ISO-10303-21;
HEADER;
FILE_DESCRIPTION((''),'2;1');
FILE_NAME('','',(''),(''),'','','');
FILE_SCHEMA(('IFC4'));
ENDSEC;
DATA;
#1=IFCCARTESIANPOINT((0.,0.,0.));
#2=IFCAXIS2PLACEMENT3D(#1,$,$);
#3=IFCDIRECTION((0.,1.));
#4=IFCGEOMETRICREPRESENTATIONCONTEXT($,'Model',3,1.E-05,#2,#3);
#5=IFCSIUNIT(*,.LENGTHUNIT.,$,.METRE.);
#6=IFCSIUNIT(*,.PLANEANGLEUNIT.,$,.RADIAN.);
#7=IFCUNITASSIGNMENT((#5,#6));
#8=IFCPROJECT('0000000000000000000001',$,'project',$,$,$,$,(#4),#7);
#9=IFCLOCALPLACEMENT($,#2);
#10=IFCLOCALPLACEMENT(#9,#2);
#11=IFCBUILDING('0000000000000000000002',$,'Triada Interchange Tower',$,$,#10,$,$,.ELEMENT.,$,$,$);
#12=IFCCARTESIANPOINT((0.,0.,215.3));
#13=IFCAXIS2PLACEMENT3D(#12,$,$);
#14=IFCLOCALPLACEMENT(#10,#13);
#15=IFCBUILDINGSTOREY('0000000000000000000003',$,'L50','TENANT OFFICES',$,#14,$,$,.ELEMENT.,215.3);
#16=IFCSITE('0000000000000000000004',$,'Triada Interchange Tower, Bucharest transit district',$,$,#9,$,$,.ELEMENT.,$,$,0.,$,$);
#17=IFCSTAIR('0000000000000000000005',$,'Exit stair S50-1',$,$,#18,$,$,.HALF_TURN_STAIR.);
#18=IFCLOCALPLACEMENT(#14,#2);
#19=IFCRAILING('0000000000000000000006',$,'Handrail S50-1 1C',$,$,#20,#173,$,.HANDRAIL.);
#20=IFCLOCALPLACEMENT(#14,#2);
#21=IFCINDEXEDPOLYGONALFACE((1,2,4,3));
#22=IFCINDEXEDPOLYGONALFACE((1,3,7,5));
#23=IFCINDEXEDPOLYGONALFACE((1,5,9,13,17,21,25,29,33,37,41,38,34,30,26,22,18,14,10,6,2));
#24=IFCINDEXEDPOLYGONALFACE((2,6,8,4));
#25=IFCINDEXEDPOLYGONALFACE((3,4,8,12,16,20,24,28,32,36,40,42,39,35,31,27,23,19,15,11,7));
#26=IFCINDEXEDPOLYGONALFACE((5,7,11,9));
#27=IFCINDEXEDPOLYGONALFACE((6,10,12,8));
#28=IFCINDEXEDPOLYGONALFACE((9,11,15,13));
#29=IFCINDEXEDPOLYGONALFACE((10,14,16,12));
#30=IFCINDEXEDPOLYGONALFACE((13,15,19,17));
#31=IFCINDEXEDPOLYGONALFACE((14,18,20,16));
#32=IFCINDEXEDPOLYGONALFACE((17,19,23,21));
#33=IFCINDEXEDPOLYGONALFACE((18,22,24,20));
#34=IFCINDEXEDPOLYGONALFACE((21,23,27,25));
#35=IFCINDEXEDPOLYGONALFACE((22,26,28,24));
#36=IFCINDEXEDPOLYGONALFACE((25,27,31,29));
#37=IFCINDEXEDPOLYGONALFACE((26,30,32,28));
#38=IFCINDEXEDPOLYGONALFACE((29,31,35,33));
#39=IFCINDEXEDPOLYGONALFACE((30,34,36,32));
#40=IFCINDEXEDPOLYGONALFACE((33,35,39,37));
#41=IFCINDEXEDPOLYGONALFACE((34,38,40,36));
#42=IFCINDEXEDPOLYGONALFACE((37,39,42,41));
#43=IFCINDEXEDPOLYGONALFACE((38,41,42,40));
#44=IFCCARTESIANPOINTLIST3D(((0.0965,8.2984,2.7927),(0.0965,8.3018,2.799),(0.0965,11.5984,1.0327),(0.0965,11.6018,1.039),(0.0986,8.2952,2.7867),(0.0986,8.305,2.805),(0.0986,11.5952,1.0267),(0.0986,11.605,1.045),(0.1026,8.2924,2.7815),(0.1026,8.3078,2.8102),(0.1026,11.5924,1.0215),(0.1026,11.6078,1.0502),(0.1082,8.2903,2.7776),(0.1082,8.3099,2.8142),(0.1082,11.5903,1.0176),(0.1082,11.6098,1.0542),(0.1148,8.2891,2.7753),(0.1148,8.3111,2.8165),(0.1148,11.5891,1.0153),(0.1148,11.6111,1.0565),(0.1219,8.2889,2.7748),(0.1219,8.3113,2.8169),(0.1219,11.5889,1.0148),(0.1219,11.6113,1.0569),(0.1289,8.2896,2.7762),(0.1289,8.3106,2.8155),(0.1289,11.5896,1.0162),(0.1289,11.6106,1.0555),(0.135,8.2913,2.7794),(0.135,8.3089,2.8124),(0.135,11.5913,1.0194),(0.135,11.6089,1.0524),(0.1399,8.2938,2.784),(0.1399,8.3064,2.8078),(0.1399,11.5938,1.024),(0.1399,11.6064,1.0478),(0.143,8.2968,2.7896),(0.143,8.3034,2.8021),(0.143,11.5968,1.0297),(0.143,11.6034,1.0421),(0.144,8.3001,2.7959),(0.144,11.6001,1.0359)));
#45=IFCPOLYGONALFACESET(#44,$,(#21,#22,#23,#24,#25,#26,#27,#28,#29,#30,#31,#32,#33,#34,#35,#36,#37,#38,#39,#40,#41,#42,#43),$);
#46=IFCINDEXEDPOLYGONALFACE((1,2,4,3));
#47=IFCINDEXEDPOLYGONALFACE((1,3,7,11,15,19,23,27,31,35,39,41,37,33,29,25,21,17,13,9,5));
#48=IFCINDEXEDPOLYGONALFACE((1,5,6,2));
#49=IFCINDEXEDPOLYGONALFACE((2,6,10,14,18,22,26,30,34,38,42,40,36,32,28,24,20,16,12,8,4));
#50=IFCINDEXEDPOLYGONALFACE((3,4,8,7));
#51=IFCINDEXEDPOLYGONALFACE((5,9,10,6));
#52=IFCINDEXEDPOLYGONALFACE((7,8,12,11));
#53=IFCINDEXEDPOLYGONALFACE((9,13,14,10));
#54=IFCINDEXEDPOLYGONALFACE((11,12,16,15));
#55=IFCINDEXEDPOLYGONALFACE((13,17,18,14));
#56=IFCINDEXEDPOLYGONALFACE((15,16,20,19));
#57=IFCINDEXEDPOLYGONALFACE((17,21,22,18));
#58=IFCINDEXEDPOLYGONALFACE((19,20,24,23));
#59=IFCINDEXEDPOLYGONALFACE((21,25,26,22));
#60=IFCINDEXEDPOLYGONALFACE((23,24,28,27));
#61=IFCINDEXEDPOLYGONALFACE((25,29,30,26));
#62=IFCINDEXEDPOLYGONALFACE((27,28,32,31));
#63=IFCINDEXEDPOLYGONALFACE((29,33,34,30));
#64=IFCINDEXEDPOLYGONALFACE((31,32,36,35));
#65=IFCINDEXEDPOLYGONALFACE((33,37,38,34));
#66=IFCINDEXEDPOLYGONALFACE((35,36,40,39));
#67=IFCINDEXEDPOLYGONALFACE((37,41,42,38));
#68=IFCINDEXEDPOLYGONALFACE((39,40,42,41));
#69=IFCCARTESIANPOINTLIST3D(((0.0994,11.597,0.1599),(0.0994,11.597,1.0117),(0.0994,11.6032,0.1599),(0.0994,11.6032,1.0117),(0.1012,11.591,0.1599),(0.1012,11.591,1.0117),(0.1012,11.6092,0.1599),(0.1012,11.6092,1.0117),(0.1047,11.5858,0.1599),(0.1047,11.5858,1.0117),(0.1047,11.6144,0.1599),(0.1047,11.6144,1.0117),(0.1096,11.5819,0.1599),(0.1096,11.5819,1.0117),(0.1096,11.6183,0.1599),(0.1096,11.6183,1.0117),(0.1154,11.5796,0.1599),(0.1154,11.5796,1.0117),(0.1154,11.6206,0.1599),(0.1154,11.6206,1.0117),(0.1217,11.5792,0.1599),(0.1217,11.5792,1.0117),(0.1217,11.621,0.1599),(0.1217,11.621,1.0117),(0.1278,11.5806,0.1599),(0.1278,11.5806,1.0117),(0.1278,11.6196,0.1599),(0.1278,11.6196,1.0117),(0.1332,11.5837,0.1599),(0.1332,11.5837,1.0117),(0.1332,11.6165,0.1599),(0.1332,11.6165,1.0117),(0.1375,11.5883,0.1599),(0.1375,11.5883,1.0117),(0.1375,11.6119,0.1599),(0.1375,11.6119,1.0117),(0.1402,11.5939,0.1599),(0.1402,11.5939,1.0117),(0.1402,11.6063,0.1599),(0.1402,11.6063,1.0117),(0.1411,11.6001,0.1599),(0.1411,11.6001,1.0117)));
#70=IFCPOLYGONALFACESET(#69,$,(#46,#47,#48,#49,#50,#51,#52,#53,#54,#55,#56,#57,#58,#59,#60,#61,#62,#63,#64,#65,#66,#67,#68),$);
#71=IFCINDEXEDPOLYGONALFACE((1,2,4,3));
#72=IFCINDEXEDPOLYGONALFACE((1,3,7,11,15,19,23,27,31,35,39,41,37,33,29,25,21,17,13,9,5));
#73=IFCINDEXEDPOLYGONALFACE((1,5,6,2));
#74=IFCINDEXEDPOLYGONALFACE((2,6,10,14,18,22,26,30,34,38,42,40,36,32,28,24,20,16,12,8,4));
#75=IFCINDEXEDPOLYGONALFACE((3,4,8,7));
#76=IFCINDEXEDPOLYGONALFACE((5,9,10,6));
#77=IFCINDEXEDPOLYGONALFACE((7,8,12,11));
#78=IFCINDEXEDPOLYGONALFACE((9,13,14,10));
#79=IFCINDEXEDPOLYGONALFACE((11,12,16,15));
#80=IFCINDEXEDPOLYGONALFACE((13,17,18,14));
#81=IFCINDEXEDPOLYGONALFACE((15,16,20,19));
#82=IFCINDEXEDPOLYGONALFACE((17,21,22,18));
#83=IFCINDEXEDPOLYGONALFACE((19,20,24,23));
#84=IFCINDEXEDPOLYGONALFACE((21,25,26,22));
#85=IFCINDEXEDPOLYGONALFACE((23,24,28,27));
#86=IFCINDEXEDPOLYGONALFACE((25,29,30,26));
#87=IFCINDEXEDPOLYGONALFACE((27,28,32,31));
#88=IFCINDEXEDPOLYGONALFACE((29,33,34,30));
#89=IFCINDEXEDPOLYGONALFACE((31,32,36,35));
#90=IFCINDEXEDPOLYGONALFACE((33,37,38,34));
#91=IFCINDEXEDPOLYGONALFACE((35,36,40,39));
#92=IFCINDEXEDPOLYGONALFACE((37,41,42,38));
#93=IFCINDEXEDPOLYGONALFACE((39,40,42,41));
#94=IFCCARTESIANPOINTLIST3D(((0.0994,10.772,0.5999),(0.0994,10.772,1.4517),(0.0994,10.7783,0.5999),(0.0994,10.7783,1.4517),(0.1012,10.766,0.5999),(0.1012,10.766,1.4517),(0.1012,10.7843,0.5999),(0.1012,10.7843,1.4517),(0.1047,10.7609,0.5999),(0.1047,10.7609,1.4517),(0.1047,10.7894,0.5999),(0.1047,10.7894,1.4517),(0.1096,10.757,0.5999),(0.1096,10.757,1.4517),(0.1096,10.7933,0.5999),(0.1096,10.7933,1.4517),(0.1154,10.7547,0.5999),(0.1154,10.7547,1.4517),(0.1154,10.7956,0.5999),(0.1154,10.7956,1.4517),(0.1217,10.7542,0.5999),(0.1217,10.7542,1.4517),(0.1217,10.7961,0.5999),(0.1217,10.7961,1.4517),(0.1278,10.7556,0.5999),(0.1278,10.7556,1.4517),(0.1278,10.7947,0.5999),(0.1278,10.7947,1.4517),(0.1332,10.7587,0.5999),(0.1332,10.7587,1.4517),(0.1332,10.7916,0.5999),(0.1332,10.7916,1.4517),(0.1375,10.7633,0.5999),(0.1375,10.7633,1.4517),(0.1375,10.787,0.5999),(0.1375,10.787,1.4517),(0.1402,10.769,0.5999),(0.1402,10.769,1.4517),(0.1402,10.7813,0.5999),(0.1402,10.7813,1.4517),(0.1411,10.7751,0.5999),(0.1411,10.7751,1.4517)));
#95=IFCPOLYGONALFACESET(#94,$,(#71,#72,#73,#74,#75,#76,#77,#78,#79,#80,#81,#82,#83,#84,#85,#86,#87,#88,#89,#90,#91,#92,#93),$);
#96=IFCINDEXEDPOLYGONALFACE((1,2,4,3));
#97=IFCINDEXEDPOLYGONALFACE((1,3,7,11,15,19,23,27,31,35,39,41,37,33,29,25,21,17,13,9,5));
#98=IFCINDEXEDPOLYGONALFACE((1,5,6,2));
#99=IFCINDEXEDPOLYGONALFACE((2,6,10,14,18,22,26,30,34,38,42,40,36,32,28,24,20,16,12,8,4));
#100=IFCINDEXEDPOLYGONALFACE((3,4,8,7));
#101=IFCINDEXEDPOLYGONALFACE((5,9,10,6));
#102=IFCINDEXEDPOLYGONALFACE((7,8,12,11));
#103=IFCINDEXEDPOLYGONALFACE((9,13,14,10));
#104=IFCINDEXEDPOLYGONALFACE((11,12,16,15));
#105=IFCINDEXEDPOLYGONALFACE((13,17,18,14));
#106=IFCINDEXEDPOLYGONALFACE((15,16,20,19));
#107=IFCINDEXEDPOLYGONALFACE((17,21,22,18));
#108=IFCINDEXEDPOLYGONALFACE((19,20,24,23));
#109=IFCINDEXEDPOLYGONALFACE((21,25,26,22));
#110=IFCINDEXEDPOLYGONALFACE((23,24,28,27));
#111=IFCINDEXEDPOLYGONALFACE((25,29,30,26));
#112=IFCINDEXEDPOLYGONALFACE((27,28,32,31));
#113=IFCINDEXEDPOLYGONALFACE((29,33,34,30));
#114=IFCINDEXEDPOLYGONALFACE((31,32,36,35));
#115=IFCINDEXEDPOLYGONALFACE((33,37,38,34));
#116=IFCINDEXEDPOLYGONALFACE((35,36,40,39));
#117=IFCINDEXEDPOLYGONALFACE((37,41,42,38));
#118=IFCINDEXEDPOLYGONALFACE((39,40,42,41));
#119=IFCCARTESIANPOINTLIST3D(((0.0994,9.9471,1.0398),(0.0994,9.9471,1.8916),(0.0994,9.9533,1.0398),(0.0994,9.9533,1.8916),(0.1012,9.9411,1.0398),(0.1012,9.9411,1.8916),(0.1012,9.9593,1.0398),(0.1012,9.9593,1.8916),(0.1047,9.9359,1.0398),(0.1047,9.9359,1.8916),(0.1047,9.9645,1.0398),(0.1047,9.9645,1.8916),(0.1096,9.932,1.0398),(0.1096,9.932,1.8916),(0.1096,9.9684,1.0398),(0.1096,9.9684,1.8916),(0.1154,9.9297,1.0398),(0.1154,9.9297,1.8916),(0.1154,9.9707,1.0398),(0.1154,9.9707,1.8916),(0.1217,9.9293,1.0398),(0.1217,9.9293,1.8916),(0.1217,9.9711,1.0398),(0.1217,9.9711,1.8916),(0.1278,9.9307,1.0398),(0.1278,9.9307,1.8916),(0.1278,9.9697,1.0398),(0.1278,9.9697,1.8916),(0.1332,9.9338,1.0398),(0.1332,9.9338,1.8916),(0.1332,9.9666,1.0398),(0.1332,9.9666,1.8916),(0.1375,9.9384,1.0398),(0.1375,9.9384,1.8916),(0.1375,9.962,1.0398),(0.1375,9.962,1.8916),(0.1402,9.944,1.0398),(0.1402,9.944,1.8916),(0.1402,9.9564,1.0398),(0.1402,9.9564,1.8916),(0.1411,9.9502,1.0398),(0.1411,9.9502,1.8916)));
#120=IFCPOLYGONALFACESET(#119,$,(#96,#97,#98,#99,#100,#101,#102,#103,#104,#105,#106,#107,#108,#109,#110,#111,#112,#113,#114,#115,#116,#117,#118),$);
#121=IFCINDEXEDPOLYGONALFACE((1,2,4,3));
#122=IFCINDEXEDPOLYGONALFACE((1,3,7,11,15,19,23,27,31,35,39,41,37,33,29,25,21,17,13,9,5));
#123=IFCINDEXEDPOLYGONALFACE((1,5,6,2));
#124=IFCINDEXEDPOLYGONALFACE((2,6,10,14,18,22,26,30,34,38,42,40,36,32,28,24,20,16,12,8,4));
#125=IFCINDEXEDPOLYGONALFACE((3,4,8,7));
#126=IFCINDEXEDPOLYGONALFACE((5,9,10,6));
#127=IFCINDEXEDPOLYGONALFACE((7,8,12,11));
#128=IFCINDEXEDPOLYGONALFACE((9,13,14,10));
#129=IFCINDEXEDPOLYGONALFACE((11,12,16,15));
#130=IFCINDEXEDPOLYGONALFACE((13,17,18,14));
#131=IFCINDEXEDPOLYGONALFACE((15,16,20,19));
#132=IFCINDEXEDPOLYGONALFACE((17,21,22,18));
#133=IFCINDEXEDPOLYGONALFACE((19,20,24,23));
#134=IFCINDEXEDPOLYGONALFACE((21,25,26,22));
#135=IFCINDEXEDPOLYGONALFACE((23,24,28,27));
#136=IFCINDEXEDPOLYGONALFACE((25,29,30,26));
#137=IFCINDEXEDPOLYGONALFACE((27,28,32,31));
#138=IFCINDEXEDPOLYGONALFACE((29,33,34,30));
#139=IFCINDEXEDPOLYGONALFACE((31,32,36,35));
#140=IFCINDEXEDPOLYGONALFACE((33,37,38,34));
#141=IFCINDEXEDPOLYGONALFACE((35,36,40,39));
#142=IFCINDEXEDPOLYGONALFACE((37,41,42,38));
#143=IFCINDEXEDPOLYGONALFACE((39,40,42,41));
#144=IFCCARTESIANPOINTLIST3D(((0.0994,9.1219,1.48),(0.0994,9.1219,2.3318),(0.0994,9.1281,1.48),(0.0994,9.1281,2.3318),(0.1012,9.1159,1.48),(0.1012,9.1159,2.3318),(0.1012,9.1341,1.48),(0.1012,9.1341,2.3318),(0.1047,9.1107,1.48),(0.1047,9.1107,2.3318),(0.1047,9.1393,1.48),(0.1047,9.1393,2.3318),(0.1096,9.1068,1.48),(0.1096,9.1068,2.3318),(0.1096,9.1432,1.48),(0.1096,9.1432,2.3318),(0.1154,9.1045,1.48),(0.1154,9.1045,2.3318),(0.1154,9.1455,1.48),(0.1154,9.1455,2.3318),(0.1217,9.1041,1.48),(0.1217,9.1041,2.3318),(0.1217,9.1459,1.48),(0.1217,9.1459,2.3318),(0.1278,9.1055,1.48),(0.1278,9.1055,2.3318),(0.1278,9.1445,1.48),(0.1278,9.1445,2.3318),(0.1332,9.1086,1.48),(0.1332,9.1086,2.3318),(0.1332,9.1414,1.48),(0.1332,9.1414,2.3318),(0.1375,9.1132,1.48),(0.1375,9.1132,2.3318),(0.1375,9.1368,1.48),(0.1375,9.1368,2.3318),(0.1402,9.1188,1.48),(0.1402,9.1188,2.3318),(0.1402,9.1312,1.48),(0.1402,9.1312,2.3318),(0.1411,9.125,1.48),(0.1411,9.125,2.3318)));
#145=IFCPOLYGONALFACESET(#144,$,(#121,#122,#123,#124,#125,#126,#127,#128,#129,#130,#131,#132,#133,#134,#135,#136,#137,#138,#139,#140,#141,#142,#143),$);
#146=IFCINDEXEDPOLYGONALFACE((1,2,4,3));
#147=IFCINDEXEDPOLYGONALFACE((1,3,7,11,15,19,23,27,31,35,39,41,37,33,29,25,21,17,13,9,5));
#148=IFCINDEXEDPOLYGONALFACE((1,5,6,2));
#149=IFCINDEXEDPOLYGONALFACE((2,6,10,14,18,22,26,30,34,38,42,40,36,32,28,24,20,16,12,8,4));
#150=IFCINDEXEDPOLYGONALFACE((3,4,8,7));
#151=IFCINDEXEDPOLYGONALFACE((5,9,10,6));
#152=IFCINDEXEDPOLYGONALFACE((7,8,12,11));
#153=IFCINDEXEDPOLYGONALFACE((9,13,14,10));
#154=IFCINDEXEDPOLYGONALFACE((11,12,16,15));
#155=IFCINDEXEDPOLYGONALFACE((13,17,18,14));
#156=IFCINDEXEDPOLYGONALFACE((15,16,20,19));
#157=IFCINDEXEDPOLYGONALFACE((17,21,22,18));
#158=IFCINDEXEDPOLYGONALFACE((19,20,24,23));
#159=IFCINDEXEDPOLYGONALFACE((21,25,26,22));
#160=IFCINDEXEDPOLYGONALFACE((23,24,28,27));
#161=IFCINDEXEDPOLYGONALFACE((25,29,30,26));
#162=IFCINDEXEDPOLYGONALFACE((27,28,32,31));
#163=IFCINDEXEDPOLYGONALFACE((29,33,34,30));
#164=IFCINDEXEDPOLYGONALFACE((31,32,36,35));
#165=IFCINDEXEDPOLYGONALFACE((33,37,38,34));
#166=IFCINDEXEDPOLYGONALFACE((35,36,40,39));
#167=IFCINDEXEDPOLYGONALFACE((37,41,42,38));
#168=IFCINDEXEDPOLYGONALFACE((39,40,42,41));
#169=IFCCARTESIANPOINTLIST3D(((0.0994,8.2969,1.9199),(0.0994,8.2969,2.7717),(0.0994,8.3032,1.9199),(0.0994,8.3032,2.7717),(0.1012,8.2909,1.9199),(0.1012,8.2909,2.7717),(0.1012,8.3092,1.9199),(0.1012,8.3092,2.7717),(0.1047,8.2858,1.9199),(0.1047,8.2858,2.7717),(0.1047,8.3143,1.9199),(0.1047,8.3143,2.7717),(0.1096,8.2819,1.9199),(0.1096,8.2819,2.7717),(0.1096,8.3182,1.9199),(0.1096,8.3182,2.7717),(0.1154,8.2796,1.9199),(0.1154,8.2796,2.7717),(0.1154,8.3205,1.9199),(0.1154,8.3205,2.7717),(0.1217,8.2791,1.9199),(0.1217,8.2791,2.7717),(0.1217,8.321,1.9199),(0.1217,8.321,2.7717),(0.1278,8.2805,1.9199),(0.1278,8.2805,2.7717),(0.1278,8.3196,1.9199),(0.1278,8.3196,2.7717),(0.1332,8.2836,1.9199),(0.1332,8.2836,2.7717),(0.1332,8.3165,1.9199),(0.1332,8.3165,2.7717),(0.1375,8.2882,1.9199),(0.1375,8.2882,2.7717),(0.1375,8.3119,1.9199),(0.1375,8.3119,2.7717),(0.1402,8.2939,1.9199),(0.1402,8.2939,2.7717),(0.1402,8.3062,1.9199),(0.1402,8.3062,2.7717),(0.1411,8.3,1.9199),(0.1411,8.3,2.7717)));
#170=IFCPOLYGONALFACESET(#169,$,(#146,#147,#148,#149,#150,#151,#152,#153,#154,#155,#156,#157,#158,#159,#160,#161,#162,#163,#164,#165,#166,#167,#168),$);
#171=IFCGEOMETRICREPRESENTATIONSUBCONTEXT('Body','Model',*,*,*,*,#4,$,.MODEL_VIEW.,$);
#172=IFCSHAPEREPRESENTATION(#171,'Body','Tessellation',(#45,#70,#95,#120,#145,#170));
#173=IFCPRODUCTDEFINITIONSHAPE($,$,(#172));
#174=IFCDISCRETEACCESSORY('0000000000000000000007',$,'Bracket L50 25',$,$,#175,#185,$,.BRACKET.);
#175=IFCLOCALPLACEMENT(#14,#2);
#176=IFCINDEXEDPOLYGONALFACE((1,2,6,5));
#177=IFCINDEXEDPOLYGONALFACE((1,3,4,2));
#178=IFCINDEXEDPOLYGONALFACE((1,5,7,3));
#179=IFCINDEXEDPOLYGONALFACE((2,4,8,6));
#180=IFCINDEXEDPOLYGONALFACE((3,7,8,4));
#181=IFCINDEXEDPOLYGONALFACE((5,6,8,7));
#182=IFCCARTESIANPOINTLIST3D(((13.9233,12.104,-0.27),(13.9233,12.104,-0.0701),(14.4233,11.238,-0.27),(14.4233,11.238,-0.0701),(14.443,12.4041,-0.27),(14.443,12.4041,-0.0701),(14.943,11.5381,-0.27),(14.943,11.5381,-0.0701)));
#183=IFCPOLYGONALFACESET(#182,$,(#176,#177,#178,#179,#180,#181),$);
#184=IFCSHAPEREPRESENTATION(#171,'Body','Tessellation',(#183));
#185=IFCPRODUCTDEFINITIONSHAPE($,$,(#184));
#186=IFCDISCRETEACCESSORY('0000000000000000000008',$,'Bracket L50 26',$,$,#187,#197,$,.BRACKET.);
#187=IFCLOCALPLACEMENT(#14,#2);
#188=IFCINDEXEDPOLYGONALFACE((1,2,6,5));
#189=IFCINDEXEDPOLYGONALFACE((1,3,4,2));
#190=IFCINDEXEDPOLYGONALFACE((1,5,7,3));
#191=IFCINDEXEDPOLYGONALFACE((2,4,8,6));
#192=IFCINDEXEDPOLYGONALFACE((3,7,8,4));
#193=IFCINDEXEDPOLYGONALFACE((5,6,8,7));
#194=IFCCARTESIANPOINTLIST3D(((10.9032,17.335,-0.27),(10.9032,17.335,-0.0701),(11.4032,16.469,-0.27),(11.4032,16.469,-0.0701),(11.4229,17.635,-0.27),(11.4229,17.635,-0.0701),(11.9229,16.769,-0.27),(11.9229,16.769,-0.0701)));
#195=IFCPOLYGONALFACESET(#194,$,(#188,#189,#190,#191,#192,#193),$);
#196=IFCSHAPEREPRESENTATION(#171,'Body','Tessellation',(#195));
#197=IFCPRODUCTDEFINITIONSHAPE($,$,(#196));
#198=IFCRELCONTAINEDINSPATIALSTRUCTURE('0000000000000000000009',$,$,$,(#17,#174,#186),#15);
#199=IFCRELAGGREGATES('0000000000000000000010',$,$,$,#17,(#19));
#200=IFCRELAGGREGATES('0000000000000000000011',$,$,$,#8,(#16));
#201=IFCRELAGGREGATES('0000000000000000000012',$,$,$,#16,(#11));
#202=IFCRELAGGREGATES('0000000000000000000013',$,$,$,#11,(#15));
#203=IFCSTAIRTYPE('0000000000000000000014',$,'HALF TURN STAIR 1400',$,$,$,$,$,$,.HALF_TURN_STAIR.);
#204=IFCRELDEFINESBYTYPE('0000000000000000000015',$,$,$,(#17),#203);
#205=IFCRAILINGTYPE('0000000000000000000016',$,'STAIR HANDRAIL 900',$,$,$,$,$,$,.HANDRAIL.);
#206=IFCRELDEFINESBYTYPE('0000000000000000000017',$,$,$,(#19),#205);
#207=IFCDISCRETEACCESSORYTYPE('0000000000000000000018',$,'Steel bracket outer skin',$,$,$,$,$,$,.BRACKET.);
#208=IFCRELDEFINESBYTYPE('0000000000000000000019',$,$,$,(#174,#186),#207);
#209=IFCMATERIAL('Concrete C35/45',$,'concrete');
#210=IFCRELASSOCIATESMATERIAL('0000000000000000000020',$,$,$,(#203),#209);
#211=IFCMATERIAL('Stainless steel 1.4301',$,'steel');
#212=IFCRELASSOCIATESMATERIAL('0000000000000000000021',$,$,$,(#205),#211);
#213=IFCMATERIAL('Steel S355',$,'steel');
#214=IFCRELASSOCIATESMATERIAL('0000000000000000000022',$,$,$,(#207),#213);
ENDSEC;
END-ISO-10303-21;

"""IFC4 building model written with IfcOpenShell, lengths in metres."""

from ifc_helpers import new_model, si_unit, direction, frame, origin, origin_2d, place, context, subcontext, project, spatial, rectangle, circle, extrude, material, type_object, element, aggregate, save


model = new_model("IFC4")

# Units and contexts
model_context = context("Model", 3, precision=1e-05, world=origin(), true_north=direction((0.0, 1.0)))
body_context = subcontext(model_context, "Body", "Model", "MODEL_VIEW")
ifc_project = project(units=[si_unit("LENGTHUNIT", "METRE"), si_unit("PLANEANGLEUNIT", "RADIAN")], contexts=[model_context])

# Site, building, storey
site_placement = place(None, origin())
site = spatial("IfcSite", under=ifc_project, at=site_placement, Name="Triada Interchange Tower, Bucharest transit district", CompositionType="ELEMENT", RefElevation=0.0)
building_placement = place(site_placement, origin())
building = spatial("IfcBuilding", under=site, at=building_placement, Name="Triada Interchange Tower", CompositionType="ELEMENT")
storey_placement = place(building_placement, frame((0.0, 0.0, 215.3)))
storey = spatial("IfcBuildingStorey", under=building, at=storey_placement, Name="L50", Description="TENANT OFFICES", CompositionType="ELEMENT", Elevation=215.3)

# Stair
ifc_material_1 = material(Name="Concrete C35/45", Category="concrete")
stair_type = type_object("IfcStairType", Name="HALF TURN STAIR 1400", PredefinedType="HALF_TURN_STAIR", material=ifc_material_1)
stair_placement = place(storey_placement, origin())
stair = element("IfcStair", 1, at=stair_placement, inside=storey, type_object=stair_type, Name="Exit stair S50-1", PredefinedType="HALF_TURN_STAIR")

# Railing
ifc_material_2 = material(Name="Stainless steel 1.4301", Category="steel")
railing_type = type_object("IfcRailingType", Name="STAIR HANDRAIL 900", PredefinedType="HANDRAIL", material=ifc_material_2)
railing_1_placement = place(storey_placement, frame((0.1201, 11.6001, 0.1599)))
railing_1 = element("IfcRailing", 2, at=railing_1_placement, type_object=railing_type, Name="Handrail S50-1 1C", PredefinedType="HANDRAIL", context=body_context, shape_type="SweptSolid", body=[
    extrude(circle(Radius=0.0239, at=origin_2d()), frame((0.0, 0.0, 0.876), z_axis=(0.0, -0.882355, 0.470585), x_axis=(1.0, 0.0, 0.0)), (0.0, 0.0, 1.0), 3.74),
    extrude(circle(Radius=0.021, at=origin_2d()), origin(), (0.0, 0.0, 1.0), 0.8518),
    extrude(circle(Radius=0.021, at=origin_2d()), frame((0.0, -0.825, 0.4399)), (0.0, 0.0, 1.0), 0.8518),
    extrude(circle(Radius=0.021, at=origin_2d()), frame((0.0, -1.6499, 0.8799)), (0.0, 0.0, 1.0), 0.8518),
    extrude(circle(Radius=0.021, at=origin_2d()), frame((0.0, -2.4751, 1.3201)), (0.0, 0.0, 1.0), 0.8518),
    extrude(circle(Radius=0.021, at=origin_2d()), frame((0.0, -3.3, 1.76)), (0.0, 0.0, 1.0), 0.8518),
])
aggregate(stair, [railing_1])

# Discrete accessories
ifc_material_3 = material(Name="Steel S355", Category="steel")
discrete_accessory_type = type_object("IfcDiscreteAccessoryType", Name="Steel bracket outer skin", PredefinedType="BRACKET", material=ifc_material_3)
for number, where, z_axis, x_axis, name in (
    (3, (14.4331, 11.821, -0.27), (0.0, 0.0, 1.0), (0.866025, 0.500001, 0.0), "Bracket L50 25"),
    (4, (11.4131, 17.052, -0.27), (0.0, 0.0, 1.0), (0.866025, 0.500001, 0.0), "Bracket L50 26"),
):
    element("IfcDiscreteAccessory", number, at=place(storey_placement, frame(where, z_axis=z_axis, x_axis=x_axis)), inside=storey, type_object=discrete_accessory_type, Name=name, PredefinedType="BRACKET", context=body_context, shape_type="SweptSolid", body=[
        extrude(rectangle(XDim=0.6001, YDim=1.0, at=origin_2d()), origin(), (0.0, 0.0, 1.0), 0.2),
    ])

save(model, "model.ifc")
